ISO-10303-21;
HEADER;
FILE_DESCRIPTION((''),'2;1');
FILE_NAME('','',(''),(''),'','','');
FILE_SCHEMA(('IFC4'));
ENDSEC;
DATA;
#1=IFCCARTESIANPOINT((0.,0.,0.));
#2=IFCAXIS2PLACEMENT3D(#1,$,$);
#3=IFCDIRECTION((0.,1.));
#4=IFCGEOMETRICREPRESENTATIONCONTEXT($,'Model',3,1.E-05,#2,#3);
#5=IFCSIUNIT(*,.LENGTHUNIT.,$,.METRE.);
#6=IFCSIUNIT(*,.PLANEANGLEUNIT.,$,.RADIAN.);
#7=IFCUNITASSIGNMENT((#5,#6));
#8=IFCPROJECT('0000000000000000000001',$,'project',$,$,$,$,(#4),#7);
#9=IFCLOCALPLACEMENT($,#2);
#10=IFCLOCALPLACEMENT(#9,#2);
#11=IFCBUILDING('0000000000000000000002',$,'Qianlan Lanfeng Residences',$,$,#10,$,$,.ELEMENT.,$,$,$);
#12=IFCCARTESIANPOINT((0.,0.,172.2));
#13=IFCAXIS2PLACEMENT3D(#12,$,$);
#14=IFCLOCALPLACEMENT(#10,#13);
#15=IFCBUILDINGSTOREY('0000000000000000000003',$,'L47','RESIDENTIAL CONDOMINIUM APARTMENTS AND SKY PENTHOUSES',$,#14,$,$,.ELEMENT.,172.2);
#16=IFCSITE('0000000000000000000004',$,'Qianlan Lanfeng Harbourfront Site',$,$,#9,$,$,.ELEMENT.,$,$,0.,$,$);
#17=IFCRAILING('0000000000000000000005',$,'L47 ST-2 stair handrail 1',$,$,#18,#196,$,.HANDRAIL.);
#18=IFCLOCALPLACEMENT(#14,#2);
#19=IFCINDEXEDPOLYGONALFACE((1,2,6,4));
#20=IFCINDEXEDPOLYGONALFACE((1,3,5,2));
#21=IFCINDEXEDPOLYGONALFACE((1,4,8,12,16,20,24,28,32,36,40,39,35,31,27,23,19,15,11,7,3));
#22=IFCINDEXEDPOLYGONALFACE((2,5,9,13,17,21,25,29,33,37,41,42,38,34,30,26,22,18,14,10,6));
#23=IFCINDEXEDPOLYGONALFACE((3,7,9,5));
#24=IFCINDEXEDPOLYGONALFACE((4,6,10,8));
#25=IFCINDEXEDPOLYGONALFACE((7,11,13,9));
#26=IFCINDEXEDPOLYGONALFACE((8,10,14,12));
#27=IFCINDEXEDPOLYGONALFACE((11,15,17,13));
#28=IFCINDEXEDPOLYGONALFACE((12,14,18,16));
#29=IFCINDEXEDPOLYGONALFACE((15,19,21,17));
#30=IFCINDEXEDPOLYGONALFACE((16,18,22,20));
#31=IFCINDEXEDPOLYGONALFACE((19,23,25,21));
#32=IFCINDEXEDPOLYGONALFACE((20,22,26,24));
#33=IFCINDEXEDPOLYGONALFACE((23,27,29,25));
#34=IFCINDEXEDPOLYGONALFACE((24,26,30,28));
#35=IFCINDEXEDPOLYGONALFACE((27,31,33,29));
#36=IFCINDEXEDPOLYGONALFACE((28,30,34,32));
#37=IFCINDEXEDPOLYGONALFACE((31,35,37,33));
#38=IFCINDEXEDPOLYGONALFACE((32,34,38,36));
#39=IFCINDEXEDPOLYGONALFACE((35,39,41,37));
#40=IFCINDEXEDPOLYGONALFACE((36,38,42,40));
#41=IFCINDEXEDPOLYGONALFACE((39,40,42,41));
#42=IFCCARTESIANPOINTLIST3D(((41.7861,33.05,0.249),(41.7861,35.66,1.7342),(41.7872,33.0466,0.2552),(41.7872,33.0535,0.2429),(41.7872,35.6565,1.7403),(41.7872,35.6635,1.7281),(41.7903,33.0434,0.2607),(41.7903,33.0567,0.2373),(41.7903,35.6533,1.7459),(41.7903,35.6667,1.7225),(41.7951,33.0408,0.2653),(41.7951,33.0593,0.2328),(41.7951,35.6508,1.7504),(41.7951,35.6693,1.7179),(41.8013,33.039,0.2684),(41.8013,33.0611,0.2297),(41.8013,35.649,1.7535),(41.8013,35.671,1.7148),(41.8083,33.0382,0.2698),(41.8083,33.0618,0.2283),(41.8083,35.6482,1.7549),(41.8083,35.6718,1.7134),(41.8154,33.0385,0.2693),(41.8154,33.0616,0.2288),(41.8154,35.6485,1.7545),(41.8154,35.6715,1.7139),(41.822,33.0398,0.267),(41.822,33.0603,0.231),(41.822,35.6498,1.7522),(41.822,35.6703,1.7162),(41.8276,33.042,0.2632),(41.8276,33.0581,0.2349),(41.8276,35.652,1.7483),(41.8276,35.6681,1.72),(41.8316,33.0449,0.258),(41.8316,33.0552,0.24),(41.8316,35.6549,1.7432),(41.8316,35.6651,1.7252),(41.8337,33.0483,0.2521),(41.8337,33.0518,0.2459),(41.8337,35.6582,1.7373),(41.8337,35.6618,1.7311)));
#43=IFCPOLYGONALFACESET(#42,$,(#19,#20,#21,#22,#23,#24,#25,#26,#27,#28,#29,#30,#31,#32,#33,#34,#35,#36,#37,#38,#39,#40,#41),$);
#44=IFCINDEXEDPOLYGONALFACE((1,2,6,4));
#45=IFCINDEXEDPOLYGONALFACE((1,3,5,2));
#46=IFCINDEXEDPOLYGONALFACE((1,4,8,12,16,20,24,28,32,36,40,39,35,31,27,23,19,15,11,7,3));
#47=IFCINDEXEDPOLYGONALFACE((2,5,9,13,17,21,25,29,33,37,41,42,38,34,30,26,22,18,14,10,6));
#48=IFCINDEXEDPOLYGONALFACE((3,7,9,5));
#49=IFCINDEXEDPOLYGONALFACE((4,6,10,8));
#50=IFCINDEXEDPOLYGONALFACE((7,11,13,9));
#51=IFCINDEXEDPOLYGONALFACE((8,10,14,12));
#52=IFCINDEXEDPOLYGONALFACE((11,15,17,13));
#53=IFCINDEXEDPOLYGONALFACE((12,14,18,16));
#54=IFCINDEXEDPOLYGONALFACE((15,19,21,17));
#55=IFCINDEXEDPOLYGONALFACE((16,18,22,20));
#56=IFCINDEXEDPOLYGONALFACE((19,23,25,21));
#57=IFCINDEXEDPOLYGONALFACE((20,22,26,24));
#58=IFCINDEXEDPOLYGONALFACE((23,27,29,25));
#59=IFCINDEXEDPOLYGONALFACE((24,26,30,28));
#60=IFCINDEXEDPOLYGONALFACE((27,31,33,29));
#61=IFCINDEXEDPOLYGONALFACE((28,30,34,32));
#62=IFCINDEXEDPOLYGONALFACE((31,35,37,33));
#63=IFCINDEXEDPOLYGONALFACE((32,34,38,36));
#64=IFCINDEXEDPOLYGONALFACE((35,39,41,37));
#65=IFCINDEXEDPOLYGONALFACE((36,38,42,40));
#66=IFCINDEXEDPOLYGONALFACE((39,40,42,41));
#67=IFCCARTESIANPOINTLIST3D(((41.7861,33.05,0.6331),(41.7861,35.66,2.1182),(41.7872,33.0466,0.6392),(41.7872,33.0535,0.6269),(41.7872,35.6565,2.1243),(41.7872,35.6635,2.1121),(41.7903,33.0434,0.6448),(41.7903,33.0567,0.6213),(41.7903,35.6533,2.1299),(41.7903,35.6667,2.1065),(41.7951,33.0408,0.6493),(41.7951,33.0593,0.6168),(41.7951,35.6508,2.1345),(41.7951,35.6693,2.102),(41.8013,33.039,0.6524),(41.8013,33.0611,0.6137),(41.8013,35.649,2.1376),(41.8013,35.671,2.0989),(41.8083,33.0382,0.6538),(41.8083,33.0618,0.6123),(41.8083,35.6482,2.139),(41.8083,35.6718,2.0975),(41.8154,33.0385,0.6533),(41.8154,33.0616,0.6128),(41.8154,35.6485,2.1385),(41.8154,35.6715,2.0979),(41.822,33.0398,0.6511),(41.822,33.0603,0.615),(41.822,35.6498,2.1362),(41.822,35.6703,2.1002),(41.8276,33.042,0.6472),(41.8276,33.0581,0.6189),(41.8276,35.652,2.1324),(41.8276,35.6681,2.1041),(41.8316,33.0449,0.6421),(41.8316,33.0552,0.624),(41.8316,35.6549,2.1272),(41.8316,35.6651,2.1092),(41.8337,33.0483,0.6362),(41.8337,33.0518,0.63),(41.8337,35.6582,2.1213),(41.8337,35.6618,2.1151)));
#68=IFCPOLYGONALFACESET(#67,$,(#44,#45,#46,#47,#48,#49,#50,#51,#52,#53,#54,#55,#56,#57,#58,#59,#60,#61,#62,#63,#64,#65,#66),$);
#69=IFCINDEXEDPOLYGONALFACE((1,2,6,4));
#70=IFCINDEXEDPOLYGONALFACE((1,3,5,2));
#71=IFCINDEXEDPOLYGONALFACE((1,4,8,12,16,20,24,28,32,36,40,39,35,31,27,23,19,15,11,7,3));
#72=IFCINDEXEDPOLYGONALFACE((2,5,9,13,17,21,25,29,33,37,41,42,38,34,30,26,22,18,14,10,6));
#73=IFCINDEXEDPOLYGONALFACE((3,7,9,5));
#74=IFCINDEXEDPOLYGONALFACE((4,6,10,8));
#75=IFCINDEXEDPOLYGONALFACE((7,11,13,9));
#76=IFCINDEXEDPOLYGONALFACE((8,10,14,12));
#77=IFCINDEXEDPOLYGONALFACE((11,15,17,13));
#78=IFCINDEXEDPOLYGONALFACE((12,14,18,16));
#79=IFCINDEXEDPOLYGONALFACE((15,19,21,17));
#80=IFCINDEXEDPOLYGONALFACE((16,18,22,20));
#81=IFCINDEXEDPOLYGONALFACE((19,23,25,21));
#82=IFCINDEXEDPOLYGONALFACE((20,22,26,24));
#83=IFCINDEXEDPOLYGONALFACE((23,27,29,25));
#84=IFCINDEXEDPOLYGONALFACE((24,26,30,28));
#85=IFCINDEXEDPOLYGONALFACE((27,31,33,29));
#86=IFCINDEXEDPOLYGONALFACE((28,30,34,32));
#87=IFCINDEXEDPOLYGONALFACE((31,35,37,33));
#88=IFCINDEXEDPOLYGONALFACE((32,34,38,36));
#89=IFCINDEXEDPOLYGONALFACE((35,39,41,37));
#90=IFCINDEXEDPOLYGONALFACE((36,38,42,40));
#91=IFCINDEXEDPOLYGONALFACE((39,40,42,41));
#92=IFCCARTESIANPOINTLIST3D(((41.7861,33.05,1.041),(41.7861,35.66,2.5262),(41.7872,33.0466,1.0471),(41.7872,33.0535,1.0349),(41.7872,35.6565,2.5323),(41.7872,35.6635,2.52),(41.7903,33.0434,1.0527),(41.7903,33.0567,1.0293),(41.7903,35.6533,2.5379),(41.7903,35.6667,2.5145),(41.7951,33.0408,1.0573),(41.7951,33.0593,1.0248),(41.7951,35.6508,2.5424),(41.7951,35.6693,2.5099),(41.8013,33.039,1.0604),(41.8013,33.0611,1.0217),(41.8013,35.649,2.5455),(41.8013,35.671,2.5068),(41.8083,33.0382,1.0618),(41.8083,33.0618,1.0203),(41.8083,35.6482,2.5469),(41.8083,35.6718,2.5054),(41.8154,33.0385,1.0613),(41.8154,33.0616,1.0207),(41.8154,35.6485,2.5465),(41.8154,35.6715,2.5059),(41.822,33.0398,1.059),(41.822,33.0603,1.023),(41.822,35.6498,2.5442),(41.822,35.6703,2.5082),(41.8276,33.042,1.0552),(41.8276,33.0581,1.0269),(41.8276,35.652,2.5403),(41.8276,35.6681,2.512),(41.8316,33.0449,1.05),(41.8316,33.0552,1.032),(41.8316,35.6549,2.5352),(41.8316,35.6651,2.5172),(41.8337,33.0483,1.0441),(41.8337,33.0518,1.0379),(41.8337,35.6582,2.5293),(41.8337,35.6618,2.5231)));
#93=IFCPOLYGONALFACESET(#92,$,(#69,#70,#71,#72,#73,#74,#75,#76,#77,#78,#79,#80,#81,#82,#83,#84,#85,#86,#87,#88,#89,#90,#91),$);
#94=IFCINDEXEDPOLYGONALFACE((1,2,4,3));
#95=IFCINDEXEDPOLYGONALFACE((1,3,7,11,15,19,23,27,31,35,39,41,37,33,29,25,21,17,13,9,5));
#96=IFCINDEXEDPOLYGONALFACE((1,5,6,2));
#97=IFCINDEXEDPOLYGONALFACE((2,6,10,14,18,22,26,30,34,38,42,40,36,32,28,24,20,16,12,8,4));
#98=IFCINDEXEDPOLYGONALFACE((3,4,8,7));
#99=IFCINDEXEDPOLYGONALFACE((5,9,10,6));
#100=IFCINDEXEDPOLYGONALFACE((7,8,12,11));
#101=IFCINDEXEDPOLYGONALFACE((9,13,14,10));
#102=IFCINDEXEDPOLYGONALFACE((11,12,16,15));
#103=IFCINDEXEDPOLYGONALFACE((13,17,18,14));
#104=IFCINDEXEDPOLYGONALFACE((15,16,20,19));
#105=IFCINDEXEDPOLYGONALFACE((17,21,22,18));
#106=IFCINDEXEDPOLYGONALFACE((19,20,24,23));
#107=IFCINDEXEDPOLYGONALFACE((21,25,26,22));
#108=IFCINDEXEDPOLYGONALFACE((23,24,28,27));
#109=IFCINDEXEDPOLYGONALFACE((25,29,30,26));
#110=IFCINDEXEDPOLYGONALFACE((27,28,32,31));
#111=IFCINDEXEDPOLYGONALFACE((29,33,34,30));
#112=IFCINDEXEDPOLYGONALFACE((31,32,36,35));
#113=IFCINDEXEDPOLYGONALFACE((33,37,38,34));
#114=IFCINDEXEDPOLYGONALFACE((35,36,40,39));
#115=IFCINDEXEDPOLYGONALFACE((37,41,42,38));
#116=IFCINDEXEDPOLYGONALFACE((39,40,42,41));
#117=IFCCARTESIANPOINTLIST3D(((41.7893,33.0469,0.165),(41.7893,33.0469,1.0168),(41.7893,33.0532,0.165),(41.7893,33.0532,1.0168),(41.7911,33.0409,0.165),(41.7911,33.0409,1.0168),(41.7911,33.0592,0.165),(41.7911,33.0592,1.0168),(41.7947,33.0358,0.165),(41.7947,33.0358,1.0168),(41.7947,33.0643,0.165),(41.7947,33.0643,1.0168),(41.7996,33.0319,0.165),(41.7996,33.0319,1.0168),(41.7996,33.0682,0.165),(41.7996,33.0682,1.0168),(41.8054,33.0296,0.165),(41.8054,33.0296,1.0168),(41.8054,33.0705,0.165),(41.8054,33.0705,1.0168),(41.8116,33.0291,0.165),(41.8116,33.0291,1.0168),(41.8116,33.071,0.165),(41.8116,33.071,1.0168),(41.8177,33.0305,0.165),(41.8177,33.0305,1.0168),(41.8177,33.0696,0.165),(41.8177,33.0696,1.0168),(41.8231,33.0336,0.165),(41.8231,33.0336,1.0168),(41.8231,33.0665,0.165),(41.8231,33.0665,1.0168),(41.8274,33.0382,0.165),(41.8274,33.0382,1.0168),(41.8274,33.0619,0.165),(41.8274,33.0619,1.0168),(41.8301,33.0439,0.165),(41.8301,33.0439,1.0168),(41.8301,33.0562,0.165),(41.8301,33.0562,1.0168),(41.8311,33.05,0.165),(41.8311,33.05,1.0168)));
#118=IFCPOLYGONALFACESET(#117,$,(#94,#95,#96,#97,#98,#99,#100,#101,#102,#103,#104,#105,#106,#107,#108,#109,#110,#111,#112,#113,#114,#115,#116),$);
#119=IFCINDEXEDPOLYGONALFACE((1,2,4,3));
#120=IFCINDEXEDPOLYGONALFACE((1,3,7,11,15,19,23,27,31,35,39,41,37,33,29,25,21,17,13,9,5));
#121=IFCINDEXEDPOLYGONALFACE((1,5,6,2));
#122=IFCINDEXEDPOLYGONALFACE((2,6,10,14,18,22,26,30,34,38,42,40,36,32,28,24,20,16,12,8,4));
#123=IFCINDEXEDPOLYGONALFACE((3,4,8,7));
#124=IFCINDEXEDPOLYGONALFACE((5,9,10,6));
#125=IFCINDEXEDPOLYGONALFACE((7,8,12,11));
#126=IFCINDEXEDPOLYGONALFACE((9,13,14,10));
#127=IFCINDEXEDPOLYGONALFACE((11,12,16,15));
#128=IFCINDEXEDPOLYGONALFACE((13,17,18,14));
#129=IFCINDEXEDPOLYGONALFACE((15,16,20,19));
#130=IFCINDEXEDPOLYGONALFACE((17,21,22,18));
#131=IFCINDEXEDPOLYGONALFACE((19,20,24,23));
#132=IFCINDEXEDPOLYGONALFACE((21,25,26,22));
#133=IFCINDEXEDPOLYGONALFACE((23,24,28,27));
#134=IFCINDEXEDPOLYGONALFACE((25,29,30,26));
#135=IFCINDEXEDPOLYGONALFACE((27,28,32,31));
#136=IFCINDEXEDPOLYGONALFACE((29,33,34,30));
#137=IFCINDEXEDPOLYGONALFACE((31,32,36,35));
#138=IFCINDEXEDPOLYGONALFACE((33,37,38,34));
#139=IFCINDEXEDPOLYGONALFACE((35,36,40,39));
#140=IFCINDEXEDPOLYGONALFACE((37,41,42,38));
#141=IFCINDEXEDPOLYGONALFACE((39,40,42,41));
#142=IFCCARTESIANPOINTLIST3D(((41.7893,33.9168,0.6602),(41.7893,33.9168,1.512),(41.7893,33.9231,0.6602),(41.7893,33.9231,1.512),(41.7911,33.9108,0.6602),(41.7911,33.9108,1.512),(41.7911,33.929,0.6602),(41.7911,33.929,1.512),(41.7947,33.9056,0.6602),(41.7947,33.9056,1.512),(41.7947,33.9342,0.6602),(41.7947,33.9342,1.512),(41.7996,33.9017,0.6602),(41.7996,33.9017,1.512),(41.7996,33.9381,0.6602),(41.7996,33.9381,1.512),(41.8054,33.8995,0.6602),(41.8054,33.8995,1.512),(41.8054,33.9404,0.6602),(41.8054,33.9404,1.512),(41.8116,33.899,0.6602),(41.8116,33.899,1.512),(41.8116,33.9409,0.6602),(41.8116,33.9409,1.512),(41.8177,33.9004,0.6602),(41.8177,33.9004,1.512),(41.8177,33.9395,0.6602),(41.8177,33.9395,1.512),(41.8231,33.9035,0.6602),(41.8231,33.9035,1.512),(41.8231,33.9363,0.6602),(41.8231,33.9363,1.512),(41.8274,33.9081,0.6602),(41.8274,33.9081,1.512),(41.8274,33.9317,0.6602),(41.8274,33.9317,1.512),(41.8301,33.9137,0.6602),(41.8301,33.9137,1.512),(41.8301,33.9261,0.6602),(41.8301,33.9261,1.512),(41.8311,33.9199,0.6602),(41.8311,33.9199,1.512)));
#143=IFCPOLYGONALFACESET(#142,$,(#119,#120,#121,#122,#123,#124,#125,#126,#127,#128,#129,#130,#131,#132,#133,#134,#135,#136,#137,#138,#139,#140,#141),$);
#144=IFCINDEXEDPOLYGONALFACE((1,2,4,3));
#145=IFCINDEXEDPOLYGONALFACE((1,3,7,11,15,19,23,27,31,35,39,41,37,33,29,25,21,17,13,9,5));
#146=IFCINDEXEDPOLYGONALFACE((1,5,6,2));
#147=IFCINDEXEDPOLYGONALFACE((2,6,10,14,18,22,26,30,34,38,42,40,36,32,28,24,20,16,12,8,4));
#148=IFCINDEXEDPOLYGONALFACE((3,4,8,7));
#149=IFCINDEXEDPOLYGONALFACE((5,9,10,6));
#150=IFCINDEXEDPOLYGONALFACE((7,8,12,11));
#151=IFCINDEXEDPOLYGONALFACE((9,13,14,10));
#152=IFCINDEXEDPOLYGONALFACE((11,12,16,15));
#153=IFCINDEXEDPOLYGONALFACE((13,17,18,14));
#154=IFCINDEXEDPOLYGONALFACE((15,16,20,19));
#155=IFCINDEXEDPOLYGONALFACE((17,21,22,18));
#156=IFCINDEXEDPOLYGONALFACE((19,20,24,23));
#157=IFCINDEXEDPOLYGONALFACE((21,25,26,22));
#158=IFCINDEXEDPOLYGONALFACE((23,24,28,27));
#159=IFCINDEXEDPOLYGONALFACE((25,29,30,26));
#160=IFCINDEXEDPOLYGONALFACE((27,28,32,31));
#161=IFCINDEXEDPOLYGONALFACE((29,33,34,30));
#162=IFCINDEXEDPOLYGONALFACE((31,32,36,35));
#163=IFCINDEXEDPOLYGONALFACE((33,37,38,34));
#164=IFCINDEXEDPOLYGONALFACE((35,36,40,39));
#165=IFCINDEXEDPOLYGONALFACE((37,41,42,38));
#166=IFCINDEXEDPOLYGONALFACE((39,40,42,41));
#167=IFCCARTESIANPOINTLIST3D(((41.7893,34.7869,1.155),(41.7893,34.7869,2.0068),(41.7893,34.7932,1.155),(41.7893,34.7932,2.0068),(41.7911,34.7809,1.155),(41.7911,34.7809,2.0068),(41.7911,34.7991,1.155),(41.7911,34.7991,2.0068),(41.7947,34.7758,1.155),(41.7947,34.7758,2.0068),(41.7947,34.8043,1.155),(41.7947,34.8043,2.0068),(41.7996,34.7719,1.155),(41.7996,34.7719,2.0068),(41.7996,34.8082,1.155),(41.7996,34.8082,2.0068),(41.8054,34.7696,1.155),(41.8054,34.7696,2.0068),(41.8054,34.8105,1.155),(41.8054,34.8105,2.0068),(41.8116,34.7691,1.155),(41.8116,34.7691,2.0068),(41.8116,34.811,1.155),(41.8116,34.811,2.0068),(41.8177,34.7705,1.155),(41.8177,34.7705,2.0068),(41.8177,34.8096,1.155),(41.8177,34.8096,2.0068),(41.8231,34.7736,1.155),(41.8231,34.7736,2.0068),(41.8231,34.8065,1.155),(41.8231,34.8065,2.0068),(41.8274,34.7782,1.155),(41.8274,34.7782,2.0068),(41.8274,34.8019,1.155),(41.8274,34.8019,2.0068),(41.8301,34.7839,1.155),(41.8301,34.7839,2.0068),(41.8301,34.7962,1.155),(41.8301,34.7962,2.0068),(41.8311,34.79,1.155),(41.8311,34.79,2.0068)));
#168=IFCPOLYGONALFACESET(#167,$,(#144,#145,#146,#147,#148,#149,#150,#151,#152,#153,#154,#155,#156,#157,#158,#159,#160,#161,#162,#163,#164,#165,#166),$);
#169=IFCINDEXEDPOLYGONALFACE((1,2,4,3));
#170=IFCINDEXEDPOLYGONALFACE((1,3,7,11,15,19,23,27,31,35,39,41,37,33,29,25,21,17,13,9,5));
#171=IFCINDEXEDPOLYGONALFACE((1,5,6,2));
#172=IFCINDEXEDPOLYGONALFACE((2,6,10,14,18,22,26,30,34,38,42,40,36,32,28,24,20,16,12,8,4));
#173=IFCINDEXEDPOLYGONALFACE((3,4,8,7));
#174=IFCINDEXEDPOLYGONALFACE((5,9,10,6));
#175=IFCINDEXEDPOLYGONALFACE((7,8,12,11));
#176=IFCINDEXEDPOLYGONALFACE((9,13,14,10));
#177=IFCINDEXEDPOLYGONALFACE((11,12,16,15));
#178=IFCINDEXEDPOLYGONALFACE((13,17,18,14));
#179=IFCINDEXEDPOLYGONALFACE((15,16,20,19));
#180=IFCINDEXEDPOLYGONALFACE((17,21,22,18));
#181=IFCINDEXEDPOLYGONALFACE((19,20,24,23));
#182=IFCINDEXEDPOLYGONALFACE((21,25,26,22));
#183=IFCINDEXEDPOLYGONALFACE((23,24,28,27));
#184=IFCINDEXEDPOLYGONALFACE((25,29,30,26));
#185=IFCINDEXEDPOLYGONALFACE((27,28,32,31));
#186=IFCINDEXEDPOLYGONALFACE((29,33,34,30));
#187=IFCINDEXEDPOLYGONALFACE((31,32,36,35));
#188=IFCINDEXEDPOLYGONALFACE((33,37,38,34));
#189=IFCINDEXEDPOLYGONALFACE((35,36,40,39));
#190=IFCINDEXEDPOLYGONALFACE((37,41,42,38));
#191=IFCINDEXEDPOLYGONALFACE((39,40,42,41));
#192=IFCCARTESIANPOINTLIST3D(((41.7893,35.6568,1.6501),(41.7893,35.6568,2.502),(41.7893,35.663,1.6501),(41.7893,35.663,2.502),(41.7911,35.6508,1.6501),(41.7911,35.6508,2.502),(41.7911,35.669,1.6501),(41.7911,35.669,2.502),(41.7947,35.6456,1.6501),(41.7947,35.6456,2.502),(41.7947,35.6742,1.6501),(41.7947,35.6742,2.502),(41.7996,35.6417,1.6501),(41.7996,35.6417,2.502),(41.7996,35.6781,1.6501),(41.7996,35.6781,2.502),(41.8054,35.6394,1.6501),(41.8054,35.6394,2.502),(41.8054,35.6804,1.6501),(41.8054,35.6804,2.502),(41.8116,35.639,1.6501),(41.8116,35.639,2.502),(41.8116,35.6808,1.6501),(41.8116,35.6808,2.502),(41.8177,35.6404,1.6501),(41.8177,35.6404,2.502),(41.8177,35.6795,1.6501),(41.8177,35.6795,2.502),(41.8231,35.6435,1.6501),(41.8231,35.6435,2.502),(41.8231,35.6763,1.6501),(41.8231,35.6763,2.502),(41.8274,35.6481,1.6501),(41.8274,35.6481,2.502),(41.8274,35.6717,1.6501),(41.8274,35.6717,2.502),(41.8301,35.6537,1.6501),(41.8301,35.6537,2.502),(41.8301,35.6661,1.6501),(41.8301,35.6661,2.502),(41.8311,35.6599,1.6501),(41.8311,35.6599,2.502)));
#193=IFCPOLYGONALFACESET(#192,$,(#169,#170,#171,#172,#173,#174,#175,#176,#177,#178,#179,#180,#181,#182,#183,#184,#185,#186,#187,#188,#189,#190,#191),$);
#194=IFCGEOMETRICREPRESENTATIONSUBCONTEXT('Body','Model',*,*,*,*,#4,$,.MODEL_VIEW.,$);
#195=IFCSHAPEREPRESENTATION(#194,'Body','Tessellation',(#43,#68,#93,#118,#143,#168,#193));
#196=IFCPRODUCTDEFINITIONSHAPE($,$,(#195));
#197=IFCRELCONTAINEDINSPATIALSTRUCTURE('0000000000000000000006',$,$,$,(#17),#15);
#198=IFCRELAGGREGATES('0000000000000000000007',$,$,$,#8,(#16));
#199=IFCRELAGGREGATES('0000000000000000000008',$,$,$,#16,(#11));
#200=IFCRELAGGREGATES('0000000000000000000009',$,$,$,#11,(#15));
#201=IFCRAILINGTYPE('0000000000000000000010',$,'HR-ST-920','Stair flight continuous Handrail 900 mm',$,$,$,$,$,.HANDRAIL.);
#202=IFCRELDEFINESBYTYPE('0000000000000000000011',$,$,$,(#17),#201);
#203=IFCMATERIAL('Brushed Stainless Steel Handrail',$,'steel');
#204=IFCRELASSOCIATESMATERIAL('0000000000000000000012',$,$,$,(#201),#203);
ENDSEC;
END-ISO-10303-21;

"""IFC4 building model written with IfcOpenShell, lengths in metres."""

from ifc_helpers import new_model, si_unit, direction, frame, origin, origin_2d, place, context, subcontext, project, spatial, circle, extrude, material, type_object, element, save


model = new_model("IFC4")

# Units and contexts
model_context = context("Model", 3, precision=1e-05, world=origin(), true_north=direction((0.0, 1.0)))
body_context = subcontext(model_context, "Body", "Model", "MODEL_VIEW")
ifc_project = project(units=[si_unit("LENGTHUNIT", "METRE"), si_unit("PLANEANGLEUNIT", "RADIAN")], contexts=[model_context])

# Site, building, storey
site_placement = place(None, origin())
site = spatial("IfcSite", under=ifc_project, at=site_placement, Name="Qianlan Lanfeng Harbourfront Site", CompositionType="ELEMENT", RefElevation=0.0)
building_placement = place(site_placement, origin())
building = spatial("IfcBuilding", under=site, at=building_placement, Name="Qianlan Lanfeng Residences", CompositionType="ELEMENT")
storey_placement = place(building_placement, frame((0.0, 0.0, 172.2)))
storey = spatial("IfcBuildingStorey", under=building, at=storey_placement, Name="L47", Description="RESIDENTIAL CONDOMINIUM APARTMENTS AND SKY PENTHOUSES", CompositionType="ELEMENT", Elevation=172.2)

# Railing
ifc_material_1 = material(Name="Brushed Stainless Steel Handrail", Category="steel")
railing_type_1 = type_object("IfcRailingType", Name="HR-ST-920", Description="Stair flight continuous Handrail 900 mm", PredefinedType="HANDRAIL", material=ifc_material_1)
railing_1_placement = place(storey_placement, frame((41.8101, 33.05, 0.165)))
element("IfcRailing", 1, at=railing_1_placement, inside=storey, type_object=railing_type_1, Name="L47 ST-2 stair handrail 1", PredefinedType="HANDRAIL", context=body_context, shape_type="SweptSolid", body=[
    extrude(circle(Radius=0.0239, at=origin_2d()), frame((0.0, 0.0, 0.084), z_axis=(0.0, 0.869137, 0.494571), x_axis=(-1.0, 0.0, 0.0)), (0.0, 0.0, 1.0), 3.0029),
    extrude(circle(Radius=0.0239, at=origin_2d()), frame((0.0, 0.0, 0.468), z_axis=(0.0, 0.869137, 0.494571), x_axis=(-1.0, 0.0, 0.0)), (0.0, 0.0, 1.0), 3.0029),
    extrude(circle(Radius=0.0239, at=origin_2d()), frame((0.0, 0.0, 0.876), z_axis=(0.0, 0.869137, 0.494571), x_axis=(-1.0, 0.0, 0.0)), (0.0, 0.0, 1.0), 3.0029),
    extrude(circle(Radius=0.021, at=origin_2d()), origin(), (0.0, 0.0, 1.0), 0.8518),
    extrude(circle(Radius=0.021, at=origin_2d()), frame((0.0, 0.8699, 0.4951)), (0.0, 0.0, 1.0), 0.8518),
    extrude(circle(Radius=0.021, at=origin_2d()), frame((0.0, 1.74, 0.99)), (0.0, 0.0, 1.0), 0.8518),
    extrude(circle(Radius=0.021, at=origin_2d()), frame((0.0, 2.6099, 1.4851)), (0.0, 0.0, 1.0), 0.8518),
])

save(model, "model.ifc")
